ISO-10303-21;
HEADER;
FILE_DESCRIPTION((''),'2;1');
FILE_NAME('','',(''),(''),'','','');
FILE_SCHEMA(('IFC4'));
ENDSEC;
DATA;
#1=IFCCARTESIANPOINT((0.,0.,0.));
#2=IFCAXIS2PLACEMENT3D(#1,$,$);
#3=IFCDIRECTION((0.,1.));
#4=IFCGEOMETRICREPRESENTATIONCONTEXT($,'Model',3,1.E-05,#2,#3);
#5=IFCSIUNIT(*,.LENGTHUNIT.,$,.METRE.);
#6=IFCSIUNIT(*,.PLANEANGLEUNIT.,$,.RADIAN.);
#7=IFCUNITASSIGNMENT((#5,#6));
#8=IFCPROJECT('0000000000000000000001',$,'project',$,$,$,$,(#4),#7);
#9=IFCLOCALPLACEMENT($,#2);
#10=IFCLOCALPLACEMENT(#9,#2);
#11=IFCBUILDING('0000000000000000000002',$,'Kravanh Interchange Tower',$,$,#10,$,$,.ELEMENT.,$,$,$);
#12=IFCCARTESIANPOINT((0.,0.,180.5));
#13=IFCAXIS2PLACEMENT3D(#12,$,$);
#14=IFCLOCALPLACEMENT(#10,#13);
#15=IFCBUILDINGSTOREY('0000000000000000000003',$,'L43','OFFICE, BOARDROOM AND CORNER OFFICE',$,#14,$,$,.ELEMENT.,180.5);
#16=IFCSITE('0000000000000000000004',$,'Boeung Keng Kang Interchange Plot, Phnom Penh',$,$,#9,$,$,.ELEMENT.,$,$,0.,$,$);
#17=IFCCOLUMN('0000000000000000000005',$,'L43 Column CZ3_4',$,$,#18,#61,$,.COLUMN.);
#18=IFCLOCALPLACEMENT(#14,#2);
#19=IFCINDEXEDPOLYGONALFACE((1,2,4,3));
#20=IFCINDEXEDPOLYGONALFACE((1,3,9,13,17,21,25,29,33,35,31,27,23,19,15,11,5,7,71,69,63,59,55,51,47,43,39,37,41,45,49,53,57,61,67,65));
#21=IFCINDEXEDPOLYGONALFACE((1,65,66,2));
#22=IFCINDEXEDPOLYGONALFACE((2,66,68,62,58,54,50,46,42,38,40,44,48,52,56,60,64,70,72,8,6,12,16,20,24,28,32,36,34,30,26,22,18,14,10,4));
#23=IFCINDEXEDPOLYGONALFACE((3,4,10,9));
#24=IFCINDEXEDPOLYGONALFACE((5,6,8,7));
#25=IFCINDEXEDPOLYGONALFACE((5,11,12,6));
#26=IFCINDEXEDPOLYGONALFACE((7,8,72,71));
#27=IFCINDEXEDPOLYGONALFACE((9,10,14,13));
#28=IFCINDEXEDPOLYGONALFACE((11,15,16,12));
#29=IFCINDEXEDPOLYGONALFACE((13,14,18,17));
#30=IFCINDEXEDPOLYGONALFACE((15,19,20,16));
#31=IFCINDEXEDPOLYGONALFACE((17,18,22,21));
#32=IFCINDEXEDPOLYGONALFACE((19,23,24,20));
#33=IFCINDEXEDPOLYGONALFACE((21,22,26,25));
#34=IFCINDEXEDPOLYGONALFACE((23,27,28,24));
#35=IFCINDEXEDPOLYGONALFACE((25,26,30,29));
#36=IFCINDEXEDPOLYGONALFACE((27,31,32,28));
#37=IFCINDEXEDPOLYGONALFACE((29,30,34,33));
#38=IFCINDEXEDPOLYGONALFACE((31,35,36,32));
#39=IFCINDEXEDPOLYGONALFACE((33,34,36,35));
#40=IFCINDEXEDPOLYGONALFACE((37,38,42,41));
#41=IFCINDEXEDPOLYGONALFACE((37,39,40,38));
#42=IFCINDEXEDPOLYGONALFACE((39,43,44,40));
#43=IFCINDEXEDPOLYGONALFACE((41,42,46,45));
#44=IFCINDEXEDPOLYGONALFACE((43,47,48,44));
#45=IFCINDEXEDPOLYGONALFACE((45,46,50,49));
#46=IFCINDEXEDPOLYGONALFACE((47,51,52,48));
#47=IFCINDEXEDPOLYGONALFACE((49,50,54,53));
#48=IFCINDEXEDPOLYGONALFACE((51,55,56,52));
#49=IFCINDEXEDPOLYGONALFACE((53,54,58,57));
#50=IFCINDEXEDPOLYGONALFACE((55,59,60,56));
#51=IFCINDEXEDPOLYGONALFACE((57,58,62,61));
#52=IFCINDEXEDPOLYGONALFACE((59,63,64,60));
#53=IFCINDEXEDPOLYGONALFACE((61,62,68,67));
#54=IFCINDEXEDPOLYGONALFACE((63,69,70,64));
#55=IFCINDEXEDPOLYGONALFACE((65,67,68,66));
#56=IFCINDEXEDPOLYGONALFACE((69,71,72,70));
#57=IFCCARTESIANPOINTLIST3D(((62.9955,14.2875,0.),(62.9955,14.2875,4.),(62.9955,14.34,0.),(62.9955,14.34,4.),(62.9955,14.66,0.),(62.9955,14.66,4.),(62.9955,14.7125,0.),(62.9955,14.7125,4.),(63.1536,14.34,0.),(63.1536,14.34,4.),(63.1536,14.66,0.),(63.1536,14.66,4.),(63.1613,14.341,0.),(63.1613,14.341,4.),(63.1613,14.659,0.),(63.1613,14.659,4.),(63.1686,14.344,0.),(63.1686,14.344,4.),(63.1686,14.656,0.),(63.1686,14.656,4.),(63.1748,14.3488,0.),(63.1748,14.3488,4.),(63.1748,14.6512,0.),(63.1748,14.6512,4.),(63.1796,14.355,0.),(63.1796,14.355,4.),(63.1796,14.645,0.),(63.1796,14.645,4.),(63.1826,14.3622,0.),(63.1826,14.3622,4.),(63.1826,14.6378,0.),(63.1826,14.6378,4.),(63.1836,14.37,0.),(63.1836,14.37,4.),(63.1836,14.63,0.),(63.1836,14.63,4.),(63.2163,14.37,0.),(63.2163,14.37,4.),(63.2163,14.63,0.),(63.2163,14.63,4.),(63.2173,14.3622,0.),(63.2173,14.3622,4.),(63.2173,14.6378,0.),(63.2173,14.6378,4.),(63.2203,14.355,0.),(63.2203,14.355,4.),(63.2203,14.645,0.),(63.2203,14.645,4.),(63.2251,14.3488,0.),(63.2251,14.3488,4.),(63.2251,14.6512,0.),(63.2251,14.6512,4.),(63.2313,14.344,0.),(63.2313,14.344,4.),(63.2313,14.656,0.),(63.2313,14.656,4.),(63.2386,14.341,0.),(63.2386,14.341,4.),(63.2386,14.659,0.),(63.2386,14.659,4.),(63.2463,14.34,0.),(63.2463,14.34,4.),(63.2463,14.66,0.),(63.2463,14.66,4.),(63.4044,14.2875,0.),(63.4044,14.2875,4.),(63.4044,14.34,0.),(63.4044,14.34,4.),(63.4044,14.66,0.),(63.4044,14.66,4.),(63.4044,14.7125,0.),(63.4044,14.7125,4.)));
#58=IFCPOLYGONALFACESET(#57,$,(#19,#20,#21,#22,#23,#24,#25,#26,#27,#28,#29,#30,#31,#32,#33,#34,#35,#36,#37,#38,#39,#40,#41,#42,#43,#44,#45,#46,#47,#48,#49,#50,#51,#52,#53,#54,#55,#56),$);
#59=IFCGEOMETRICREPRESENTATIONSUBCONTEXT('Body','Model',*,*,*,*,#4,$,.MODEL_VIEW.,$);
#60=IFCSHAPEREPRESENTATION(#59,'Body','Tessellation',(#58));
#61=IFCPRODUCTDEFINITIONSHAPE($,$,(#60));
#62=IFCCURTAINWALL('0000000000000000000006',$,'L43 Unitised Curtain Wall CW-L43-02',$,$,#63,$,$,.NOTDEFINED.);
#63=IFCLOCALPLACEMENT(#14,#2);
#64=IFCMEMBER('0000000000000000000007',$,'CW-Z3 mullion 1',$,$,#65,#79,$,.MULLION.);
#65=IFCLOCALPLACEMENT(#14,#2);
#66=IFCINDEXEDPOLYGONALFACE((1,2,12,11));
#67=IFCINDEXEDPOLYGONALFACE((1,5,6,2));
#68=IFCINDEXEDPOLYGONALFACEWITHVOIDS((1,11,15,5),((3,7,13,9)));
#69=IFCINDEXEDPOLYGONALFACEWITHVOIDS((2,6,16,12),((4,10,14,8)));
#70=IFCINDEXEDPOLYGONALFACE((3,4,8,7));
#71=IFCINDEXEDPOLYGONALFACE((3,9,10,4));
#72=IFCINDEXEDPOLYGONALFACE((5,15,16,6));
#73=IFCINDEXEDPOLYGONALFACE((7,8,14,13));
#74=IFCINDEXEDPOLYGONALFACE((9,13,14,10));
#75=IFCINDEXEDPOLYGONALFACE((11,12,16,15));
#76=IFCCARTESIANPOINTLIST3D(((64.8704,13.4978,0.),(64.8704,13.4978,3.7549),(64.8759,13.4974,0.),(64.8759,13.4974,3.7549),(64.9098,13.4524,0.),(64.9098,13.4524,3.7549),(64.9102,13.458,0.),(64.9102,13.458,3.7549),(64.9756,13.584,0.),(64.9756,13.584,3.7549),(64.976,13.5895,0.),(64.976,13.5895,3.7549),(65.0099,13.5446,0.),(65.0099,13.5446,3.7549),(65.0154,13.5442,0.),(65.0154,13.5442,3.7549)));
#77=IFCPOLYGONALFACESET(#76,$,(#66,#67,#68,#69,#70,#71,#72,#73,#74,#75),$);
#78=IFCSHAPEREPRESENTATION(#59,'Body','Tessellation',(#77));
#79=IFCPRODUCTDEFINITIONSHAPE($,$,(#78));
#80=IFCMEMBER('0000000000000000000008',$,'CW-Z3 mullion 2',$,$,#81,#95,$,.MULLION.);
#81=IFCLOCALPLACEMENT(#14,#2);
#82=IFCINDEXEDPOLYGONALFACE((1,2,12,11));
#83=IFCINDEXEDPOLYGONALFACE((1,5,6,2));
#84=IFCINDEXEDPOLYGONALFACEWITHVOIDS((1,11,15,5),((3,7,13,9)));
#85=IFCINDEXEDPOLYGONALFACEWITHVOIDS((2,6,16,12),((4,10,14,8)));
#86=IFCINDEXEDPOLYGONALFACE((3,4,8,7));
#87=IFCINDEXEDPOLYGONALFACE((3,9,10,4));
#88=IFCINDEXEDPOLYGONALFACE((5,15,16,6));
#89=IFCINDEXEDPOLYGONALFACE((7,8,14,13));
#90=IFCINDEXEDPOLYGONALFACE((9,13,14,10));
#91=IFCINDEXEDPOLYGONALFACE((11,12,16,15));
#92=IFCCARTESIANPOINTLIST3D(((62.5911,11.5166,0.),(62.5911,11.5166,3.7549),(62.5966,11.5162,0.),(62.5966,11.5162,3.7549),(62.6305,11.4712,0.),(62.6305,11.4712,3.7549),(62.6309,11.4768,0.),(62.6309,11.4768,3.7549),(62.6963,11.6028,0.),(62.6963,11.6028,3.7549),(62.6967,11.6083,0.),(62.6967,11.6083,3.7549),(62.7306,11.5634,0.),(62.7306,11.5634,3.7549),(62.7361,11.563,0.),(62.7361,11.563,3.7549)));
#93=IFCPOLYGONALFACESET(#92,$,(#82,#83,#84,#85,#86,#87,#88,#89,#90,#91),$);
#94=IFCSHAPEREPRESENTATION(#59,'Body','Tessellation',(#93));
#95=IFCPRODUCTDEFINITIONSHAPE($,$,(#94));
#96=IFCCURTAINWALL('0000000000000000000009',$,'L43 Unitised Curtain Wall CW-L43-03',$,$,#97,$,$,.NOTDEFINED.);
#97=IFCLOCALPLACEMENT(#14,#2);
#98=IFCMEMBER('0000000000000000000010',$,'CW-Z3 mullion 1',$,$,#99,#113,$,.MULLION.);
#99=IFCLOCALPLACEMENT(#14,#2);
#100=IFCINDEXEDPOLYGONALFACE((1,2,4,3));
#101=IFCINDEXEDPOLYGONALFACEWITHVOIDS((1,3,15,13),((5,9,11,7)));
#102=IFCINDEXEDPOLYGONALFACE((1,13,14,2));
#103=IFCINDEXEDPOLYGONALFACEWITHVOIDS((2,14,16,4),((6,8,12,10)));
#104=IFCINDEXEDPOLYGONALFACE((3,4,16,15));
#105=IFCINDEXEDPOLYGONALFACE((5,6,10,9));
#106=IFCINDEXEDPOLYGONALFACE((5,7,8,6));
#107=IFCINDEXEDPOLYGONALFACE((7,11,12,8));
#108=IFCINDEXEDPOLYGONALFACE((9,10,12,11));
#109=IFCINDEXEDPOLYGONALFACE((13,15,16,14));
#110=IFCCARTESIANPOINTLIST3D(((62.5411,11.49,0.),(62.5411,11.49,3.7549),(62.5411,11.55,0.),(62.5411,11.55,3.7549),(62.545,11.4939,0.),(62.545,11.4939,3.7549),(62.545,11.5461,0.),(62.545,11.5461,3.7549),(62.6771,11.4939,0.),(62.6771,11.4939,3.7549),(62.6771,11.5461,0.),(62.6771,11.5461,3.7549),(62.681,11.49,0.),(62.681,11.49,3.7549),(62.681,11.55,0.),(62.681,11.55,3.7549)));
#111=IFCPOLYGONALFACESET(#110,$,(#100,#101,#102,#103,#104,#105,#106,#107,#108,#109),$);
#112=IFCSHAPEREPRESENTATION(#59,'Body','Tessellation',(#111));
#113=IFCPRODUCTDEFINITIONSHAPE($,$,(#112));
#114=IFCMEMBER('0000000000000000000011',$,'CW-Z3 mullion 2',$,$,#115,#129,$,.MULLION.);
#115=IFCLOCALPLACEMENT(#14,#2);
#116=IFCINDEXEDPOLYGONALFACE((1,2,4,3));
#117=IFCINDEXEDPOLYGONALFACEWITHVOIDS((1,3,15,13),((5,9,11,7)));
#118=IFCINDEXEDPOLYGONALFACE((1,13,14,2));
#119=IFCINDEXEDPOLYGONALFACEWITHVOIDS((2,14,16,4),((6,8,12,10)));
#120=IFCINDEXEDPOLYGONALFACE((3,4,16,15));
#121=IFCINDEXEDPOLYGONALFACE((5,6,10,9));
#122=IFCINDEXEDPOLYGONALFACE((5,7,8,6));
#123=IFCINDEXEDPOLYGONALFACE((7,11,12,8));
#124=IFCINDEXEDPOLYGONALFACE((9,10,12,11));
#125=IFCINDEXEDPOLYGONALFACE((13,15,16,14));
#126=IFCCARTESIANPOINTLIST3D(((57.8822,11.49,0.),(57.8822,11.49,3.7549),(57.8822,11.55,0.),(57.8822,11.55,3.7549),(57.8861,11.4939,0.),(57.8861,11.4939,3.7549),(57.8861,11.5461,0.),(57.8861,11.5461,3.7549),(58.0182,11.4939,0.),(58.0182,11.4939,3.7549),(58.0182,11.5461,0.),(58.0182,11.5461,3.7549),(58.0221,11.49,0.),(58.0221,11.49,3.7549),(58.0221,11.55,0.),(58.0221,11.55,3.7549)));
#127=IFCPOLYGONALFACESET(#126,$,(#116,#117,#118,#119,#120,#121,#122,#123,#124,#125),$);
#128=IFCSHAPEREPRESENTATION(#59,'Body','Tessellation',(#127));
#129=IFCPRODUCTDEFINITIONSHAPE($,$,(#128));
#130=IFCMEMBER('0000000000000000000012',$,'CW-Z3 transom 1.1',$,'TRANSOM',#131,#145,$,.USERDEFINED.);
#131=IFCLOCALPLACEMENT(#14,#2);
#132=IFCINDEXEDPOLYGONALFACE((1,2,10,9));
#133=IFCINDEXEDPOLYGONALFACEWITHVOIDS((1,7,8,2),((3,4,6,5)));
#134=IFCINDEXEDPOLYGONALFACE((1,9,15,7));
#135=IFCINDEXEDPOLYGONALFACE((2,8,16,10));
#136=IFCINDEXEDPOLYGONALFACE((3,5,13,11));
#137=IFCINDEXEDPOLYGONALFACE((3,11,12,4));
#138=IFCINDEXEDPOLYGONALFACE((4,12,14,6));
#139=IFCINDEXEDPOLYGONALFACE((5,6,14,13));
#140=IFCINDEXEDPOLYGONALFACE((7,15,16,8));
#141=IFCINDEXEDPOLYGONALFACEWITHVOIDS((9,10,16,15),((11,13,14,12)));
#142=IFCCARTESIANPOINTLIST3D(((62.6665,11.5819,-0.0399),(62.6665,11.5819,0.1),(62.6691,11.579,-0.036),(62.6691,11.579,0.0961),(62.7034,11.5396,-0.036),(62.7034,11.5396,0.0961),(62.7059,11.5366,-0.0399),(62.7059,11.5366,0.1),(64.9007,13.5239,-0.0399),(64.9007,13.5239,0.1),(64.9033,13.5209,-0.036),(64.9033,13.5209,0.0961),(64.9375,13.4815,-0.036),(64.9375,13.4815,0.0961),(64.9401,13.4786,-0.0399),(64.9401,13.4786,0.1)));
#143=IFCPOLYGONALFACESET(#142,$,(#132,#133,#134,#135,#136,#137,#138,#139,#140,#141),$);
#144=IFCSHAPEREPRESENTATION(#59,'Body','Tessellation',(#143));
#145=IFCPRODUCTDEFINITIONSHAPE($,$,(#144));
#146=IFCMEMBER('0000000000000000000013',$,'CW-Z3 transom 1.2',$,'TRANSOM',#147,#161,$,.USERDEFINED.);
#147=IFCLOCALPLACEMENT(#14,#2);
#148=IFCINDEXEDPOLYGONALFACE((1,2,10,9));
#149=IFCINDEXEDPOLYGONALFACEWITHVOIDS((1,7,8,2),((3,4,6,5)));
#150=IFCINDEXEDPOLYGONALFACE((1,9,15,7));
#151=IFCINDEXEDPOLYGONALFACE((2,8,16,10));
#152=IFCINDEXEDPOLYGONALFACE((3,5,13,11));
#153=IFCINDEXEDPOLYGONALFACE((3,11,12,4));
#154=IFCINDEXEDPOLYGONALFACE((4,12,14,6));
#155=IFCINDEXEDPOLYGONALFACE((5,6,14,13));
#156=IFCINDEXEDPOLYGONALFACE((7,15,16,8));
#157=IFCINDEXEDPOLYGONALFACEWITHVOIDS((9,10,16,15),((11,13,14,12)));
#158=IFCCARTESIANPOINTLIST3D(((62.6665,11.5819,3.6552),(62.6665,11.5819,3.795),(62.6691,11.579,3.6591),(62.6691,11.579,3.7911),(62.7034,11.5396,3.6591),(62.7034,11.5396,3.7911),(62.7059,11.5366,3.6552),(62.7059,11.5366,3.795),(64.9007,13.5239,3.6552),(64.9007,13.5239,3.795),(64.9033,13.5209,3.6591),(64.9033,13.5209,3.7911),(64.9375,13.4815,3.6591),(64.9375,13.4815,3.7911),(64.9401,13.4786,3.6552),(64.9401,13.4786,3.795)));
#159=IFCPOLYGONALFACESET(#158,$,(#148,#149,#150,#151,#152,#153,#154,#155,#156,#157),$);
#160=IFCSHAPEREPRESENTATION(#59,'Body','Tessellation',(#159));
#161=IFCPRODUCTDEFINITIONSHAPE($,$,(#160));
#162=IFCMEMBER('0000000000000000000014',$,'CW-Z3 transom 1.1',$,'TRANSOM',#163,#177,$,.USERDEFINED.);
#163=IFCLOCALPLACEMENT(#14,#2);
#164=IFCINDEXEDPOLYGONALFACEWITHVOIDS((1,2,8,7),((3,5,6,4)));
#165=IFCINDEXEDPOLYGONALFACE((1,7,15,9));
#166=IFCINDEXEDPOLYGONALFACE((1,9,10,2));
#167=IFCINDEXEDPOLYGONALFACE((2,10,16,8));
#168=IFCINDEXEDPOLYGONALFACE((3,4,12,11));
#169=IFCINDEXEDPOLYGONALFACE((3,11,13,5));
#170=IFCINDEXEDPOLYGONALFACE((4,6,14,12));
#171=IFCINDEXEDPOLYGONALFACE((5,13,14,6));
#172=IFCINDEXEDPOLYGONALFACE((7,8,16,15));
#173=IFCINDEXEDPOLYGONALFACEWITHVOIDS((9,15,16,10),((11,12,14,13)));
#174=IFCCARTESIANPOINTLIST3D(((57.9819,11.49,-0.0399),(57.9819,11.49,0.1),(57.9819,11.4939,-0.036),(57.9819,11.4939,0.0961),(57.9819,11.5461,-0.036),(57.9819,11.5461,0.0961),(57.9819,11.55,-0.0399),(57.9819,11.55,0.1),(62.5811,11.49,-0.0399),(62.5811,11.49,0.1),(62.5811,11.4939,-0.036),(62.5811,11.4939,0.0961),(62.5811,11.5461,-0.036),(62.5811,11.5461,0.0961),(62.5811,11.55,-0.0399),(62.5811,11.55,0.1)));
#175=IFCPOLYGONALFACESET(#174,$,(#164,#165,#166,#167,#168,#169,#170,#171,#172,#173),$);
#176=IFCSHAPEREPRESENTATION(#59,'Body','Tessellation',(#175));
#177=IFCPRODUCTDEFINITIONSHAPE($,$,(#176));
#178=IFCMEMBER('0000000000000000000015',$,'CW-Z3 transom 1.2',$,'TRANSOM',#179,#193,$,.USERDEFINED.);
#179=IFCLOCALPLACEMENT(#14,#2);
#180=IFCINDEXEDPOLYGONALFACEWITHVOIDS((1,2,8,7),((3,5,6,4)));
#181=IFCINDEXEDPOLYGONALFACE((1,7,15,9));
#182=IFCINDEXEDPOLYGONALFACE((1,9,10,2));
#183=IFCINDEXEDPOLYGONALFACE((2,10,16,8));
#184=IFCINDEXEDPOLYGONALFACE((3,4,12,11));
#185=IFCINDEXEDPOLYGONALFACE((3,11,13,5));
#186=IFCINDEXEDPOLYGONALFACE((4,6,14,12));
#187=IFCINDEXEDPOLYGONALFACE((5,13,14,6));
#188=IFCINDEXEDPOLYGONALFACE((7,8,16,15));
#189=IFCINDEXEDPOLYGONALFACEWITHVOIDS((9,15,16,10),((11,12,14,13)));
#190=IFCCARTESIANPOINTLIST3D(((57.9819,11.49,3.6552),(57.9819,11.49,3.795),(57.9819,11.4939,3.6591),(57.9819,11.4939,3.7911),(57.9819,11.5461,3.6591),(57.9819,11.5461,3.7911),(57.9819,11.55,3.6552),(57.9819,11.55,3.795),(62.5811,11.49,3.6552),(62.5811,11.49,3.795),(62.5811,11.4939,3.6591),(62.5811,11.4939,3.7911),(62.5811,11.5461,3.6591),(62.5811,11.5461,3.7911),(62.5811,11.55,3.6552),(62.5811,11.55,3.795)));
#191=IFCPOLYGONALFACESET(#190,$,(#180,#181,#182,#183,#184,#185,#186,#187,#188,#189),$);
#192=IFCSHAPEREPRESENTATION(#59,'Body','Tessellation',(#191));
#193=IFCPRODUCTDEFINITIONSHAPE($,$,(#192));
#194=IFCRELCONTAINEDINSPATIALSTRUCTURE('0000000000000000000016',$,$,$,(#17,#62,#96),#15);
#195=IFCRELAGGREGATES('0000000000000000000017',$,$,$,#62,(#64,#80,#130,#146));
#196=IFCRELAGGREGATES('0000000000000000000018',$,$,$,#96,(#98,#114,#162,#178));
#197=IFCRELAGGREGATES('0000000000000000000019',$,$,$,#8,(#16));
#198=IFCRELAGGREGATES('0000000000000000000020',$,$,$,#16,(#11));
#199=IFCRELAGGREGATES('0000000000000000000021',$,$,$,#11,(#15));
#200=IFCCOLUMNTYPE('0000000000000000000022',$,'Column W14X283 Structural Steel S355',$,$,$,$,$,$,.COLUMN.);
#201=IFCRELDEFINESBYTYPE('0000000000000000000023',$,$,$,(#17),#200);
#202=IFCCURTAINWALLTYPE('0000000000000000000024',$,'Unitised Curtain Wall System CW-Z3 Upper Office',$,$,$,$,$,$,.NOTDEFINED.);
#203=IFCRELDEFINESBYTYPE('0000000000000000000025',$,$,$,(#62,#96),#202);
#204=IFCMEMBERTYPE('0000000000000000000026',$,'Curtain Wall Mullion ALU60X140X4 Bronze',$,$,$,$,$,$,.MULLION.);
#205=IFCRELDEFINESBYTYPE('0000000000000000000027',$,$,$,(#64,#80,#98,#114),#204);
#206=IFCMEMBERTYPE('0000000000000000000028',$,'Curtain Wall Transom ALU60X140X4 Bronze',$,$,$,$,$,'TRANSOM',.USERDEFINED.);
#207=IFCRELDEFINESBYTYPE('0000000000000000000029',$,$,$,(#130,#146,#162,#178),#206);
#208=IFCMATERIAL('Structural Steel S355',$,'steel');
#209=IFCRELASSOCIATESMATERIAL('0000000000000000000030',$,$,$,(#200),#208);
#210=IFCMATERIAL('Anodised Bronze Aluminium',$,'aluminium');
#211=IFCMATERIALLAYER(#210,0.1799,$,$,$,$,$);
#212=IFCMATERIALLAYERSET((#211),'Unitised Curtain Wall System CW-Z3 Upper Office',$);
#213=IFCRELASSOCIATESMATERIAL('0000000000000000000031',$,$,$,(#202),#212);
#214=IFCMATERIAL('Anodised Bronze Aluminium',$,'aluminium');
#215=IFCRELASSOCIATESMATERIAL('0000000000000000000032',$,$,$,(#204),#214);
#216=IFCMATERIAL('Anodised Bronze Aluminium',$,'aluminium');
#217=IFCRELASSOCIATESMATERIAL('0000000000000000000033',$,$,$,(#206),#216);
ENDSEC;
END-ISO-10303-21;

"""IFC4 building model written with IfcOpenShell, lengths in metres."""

from ifc_helpers import new_model, si_unit, direction, frame, origin, origin_2d, place, context, subcontext, project, spatial, hollow_rectangle, i_section, extrude, material, layer, layer_set, material_profile, profile_set, type_object, element, aggregate, save


model = new_model("IFC4")

# Units and contexts
model_context = context("Model", 3, precision=1e-05, world=origin(), true_north=direction((0.0, 1.0)))
body_context = subcontext(model_context, "Body", "Model", "MODEL_VIEW")
ifc_project = project(units=[si_unit("LENGTHUNIT", "METRE"), si_unit("PLANEANGLEUNIT", "RADIAN")], contexts=[model_context])

# Site, building, storey
site_placement = place(None, origin())
site = spatial("IfcSite", under=ifc_project, at=site_placement, Name="Boeung Keng Kang Interchange Plot, Phnom Penh", CompositionType="ELEMENT", RefElevation=0.0)
building_placement = place(site_placement, origin())
building = spatial("IfcBuilding", under=site, at=building_placement, Name="Kravanh Interchange Tower", CompositionType="ELEMENT")
storey_placement = place(building_placement, frame((0.0, 0.0, 180.5)))
storey = spatial("IfcBuildingStorey", under=building, at=storey_placement, Name="L43", Description="OFFICE, BOARDROOM AND CORNER OFFICE", CompositionType="ELEMENT", Elevation=180.5)

# Column
ifc_material_1 = material(Name="Structural Steel S355", Category="steel")
ifc_material_profile_1 = material_profile(ifc_material_1, i_section(OverallWidth=0.4089, OverallDepth=0.425, WebThickness=0.0327, FlangeThickness=0.0525, FilletRadius=0.03, at=origin_2d()), Name="W14X283")
ifc_profile_set_1 = profile_set([ifc_material_profile_1], Name="Structural Steel S355")
column_type = type_object("IfcColumnType", Name="Column W14X283 Structural Steel S355", PredefinedType="COLUMN", material=ifc_profile_set_1)
column_placement = place(storey_placement, frame((63.2, 14.5, 0.0), z_axis=(0.0, 0.0, 1.0), x_axis=(1.0, 0.0, 0.0)))
element("IfcColumn", 1, at=column_placement, inside=storey, type_object=column_type, Name="L43 Column CZ3_4", PredefinedType="COLUMN", context=body_context, shape_type="SweptSolid", body=[
    extrude(i_section(OverallWidth=0.4089, OverallDepth=0.425, WebThickness=0.0327, FlangeThickness=0.0525, FilletRadius=0.03, at=origin_2d()), origin(), (0.0, 0.0, 1.0), 4.0),
])

# Curtain walls, members
ifc_material_2 = material(Name="Anodised Bronze Aluminium", Category="aluminium")
ifc_layer_1 = layer(ifc_material_2, 0.1799)
ifc_layer_set_1 = layer_set([ifc_layer_1], Name="Unitised Curtain Wall System CW-Z3 Upper Office")
curtain_wall_type = type_object("IfcCurtainWallType", Name="Unitised Curtain Wall System CW-Z3 Upper Office", PredefinedType="NOTDEFINED", material=ifc_layer_set_1)
curtain_wall_1_placement = place(storey_placement, origin())
curtain_wall_1 = element("IfcCurtainWall", 2, at=curtain_wall_1_placement, inside=storey, type_object=curtain_wall_type, Name="L43 Unitised Curtain Wall CW-L43-02", PredefinedType="NOTDEFINED")
ifc_material_3 = material(Name="Anodised Bronze Aluminium", Category="aluminium")
ifc_material_profile_2 = material_profile(ifc_material_3, hollow_rectangle(XDim=0.0601, YDim=0.1399, WallThickness=0.0039, at=origin_2d()), Name="ALU60X140X4")
ifc_profile_set_2 = profile_set([ifc_material_profile_2], Name="Anodised Bronze Aluminium")
member_type_1 = type_object("IfcMemberType", Name="Curtain Wall Mullion ALU60X140X4 Bronze", PredefinedType="MULLION", material=ifc_profile_set_2)
member_1_placement = place(storey_placement, frame((64.9429, 13.521, 0.0), z_axis=(0.0, 0.0, 1.0), x_axis=(0.656051, -0.754717, 0.0)))
member_1 = element("IfcMember", 3, at=member_1_placement, type_object=member_type_1, Name="CW-Z3 mullion 1", PredefinedType="MULLION", context=body_context, shape_type="SweptSolid", body=[
    extrude(hollow_rectangle(XDim=0.0601, YDim=0.1399, WallThickness=0.0039, at=origin_2d()), origin(), (0.0, 0.0, 1.0), 3.7549),
])
member_2_placement = place(storey_placement, frame((62.6636, 11.5398, 0.0), z_axis=(0.0, 0.0, 1.0), x_axis=(0.656051, -0.754717, 0.0)))
member_2 = element("IfcMember", 4, at=member_2_placement, type_object=member_type_1, Name="CW-Z3 mullion 2", PredefinedType="MULLION", context=body_context, shape_type="SweptSolid", body=[
    extrude(hollow_rectangle(XDim=0.0601, YDim=0.1399, WallThickness=0.0039, at=origin_2d()), origin(), (0.0, 0.0, 1.0), 3.7549),
])
curtain_wall_2_placement = place(storey_placement, origin())
curtain_wall_2 = element("IfcCurtainWall", 5, at=curtain_wall_2_placement, inside=storey, type_object=curtain_wall_type, Name="L43 Unitised Curtain Wall CW-L43-03", PredefinedType="NOTDEFINED")
member_3_placement = place(storey_placement, frame((62.6111, 11.52, 0.0), z_axis=(0.0, 0.0, 1.0), x_axis=(0.0, -1.0, 0.0)))
member_3 = element("IfcMember", 6, at=member_3_placement, type_object=member_type_1, Name="CW-Z3 mullion 1", PredefinedType="MULLION", context=body_context, shape_type="SweptSolid", body=[
    extrude(hollow_rectangle(XDim=0.0601, YDim=0.1399, WallThickness=0.0039, at=origin_2d()), origin(), (0.0, 0.0, 1.0), 3.7549),
])
member_4_placement = place(storey_placement, frame((57.9521, 11.52, 0.0), z_axis=(0.0, 0.0, 1.0), x_axis=(0.0, -1.0, 0.0)))
member_4 = element("IfcMember", 7, at=member_4_placement, type_object=member_type_1, Name="CW-Z3 mullion 2", PredefinedType="MULLION", context=body_context, shape_type="SweptSolid", body=[
    extrude(hollow_rectangle(XDim=0.0601, YDim=0.1399, WallThickness=0.0039, at=origin_2d()), origin(), (0.0, 0.0, 1.0), 3.7549),
])

# Members
ifc_material_4 = material(Name="Anodised Bronze Aluminium", Category="aluminium")
ifc_material_profile_3 = material_profile(ifc_material_4, hollow_rectangle(XDim=0.0601, YDim=0.1399, WallThickness=0.0039, at=origin_2d()), Name="ALU60X140X4")
ifc_profile_set_3 = profile_set([ifc_material_profile_3], Name="Anodised Bronze Aluminium")
member_type_2 = type_object("IfcMemberType", Name="Curtain Wall Transom ALU60X140X4 Bronze", ElementType="TRANSOM", PredefinedType="USERDEFINED", material=ifc_profile_set_3)
member_5_placement = place(storey_placement, frame((64.9204, 13.5012, 0.03), z_axis=(-0.754744, -0.656019, 0.0), x_axis=(0.656019, -0.754744, 0.0)))
member_5 = element("IfcMember", 8, at=member_5_placement, type_object=member_type_2, Name="CW-Z3 transom 1.1", ObjectType="TRANSOM", PredefinedType="USERDEFINED", context=body_context, shape_type="SweptSolid", body=[
    extrude(hollow_rectangle(XDim=0.0601, YDim=0.1399, WallThickness=0.0039, at=origin_2d()), origin(), (0.0, 0.0, 1.0), 2.9602),
])
member_6_placement = place(storey_placement, frame((64.9204, 13.5012, 3.7251), z_axis=(-0.754744, -0.656019, 0.0), x_axis=(0.656019, -0.754744, 0.0)))
member_6 = element("IfcMember", 9, at=member_6_placement, type_object=member_type_2, Name="CW-Z3 transom 1.2", ObjectType="TRANSOM", PredefinedType="USERDEFINED", context=body_context, shape_type="SweptSolid", body=[
    extrude(hollow_rectangle(XDim=0.0601, YDim=0.1399, WallThickness=0.0039, at=origin_2d()), origin(), (0.0, 0.0, 1.0), 2.9602),
])
member_7_placement = place(storey_placement, frame((62.5811, 11.52, 0.03), z_axis=(-1.0, 0.0, 0.0), x_axis=(0.0, -1.0, 0.0)))
member_7 = element("IfcMember", 10, at=member_7_placement, type_object=member_type_2, Name="CW-Z3 transom 1.1", ObjectType="TRANSOM", PredefinedType="USERDEFINED", context=body_context, shape_type="SweptSolid", body=[
    extrude(hollow_rectangle(XDim=0.0601, YDim=0.1399, WallThickness=0.0039, at=origin_2d()), origin(), (0.0, 0.0, 1.0), 4.5991),
])
member_8_placement = place(storey_placement, frame((62.5811, 11.52, 3.7251), z_axis=(-1.0, 0.0, 0.0), x_axis=(0.0, -1.0, 0.0)))
member_8 = element("IfcMember", 11, at=member_8_placement, type_object=member_type_2, Name="CW-Z3 transom 1.2", ObjectType="TRANSOM", PredefinedType="USERDEFINED", context=body_context, shape_type="SweptSolid", body=[
    extrude(hollow_rectangle(XDim=0.0601, YDim=0.1399, WallThickness=0.0039, at=origin_2d()), origin(), (0.0, 0.0, 1.0), 4.5991),
])

aggregate(curtain_wall_1, [member_1, member_2, member_5, member_6])
aggregate(curtain_wall_2, [member_3, member_4, member_7, member_8])

save(model, "model.ifc")
